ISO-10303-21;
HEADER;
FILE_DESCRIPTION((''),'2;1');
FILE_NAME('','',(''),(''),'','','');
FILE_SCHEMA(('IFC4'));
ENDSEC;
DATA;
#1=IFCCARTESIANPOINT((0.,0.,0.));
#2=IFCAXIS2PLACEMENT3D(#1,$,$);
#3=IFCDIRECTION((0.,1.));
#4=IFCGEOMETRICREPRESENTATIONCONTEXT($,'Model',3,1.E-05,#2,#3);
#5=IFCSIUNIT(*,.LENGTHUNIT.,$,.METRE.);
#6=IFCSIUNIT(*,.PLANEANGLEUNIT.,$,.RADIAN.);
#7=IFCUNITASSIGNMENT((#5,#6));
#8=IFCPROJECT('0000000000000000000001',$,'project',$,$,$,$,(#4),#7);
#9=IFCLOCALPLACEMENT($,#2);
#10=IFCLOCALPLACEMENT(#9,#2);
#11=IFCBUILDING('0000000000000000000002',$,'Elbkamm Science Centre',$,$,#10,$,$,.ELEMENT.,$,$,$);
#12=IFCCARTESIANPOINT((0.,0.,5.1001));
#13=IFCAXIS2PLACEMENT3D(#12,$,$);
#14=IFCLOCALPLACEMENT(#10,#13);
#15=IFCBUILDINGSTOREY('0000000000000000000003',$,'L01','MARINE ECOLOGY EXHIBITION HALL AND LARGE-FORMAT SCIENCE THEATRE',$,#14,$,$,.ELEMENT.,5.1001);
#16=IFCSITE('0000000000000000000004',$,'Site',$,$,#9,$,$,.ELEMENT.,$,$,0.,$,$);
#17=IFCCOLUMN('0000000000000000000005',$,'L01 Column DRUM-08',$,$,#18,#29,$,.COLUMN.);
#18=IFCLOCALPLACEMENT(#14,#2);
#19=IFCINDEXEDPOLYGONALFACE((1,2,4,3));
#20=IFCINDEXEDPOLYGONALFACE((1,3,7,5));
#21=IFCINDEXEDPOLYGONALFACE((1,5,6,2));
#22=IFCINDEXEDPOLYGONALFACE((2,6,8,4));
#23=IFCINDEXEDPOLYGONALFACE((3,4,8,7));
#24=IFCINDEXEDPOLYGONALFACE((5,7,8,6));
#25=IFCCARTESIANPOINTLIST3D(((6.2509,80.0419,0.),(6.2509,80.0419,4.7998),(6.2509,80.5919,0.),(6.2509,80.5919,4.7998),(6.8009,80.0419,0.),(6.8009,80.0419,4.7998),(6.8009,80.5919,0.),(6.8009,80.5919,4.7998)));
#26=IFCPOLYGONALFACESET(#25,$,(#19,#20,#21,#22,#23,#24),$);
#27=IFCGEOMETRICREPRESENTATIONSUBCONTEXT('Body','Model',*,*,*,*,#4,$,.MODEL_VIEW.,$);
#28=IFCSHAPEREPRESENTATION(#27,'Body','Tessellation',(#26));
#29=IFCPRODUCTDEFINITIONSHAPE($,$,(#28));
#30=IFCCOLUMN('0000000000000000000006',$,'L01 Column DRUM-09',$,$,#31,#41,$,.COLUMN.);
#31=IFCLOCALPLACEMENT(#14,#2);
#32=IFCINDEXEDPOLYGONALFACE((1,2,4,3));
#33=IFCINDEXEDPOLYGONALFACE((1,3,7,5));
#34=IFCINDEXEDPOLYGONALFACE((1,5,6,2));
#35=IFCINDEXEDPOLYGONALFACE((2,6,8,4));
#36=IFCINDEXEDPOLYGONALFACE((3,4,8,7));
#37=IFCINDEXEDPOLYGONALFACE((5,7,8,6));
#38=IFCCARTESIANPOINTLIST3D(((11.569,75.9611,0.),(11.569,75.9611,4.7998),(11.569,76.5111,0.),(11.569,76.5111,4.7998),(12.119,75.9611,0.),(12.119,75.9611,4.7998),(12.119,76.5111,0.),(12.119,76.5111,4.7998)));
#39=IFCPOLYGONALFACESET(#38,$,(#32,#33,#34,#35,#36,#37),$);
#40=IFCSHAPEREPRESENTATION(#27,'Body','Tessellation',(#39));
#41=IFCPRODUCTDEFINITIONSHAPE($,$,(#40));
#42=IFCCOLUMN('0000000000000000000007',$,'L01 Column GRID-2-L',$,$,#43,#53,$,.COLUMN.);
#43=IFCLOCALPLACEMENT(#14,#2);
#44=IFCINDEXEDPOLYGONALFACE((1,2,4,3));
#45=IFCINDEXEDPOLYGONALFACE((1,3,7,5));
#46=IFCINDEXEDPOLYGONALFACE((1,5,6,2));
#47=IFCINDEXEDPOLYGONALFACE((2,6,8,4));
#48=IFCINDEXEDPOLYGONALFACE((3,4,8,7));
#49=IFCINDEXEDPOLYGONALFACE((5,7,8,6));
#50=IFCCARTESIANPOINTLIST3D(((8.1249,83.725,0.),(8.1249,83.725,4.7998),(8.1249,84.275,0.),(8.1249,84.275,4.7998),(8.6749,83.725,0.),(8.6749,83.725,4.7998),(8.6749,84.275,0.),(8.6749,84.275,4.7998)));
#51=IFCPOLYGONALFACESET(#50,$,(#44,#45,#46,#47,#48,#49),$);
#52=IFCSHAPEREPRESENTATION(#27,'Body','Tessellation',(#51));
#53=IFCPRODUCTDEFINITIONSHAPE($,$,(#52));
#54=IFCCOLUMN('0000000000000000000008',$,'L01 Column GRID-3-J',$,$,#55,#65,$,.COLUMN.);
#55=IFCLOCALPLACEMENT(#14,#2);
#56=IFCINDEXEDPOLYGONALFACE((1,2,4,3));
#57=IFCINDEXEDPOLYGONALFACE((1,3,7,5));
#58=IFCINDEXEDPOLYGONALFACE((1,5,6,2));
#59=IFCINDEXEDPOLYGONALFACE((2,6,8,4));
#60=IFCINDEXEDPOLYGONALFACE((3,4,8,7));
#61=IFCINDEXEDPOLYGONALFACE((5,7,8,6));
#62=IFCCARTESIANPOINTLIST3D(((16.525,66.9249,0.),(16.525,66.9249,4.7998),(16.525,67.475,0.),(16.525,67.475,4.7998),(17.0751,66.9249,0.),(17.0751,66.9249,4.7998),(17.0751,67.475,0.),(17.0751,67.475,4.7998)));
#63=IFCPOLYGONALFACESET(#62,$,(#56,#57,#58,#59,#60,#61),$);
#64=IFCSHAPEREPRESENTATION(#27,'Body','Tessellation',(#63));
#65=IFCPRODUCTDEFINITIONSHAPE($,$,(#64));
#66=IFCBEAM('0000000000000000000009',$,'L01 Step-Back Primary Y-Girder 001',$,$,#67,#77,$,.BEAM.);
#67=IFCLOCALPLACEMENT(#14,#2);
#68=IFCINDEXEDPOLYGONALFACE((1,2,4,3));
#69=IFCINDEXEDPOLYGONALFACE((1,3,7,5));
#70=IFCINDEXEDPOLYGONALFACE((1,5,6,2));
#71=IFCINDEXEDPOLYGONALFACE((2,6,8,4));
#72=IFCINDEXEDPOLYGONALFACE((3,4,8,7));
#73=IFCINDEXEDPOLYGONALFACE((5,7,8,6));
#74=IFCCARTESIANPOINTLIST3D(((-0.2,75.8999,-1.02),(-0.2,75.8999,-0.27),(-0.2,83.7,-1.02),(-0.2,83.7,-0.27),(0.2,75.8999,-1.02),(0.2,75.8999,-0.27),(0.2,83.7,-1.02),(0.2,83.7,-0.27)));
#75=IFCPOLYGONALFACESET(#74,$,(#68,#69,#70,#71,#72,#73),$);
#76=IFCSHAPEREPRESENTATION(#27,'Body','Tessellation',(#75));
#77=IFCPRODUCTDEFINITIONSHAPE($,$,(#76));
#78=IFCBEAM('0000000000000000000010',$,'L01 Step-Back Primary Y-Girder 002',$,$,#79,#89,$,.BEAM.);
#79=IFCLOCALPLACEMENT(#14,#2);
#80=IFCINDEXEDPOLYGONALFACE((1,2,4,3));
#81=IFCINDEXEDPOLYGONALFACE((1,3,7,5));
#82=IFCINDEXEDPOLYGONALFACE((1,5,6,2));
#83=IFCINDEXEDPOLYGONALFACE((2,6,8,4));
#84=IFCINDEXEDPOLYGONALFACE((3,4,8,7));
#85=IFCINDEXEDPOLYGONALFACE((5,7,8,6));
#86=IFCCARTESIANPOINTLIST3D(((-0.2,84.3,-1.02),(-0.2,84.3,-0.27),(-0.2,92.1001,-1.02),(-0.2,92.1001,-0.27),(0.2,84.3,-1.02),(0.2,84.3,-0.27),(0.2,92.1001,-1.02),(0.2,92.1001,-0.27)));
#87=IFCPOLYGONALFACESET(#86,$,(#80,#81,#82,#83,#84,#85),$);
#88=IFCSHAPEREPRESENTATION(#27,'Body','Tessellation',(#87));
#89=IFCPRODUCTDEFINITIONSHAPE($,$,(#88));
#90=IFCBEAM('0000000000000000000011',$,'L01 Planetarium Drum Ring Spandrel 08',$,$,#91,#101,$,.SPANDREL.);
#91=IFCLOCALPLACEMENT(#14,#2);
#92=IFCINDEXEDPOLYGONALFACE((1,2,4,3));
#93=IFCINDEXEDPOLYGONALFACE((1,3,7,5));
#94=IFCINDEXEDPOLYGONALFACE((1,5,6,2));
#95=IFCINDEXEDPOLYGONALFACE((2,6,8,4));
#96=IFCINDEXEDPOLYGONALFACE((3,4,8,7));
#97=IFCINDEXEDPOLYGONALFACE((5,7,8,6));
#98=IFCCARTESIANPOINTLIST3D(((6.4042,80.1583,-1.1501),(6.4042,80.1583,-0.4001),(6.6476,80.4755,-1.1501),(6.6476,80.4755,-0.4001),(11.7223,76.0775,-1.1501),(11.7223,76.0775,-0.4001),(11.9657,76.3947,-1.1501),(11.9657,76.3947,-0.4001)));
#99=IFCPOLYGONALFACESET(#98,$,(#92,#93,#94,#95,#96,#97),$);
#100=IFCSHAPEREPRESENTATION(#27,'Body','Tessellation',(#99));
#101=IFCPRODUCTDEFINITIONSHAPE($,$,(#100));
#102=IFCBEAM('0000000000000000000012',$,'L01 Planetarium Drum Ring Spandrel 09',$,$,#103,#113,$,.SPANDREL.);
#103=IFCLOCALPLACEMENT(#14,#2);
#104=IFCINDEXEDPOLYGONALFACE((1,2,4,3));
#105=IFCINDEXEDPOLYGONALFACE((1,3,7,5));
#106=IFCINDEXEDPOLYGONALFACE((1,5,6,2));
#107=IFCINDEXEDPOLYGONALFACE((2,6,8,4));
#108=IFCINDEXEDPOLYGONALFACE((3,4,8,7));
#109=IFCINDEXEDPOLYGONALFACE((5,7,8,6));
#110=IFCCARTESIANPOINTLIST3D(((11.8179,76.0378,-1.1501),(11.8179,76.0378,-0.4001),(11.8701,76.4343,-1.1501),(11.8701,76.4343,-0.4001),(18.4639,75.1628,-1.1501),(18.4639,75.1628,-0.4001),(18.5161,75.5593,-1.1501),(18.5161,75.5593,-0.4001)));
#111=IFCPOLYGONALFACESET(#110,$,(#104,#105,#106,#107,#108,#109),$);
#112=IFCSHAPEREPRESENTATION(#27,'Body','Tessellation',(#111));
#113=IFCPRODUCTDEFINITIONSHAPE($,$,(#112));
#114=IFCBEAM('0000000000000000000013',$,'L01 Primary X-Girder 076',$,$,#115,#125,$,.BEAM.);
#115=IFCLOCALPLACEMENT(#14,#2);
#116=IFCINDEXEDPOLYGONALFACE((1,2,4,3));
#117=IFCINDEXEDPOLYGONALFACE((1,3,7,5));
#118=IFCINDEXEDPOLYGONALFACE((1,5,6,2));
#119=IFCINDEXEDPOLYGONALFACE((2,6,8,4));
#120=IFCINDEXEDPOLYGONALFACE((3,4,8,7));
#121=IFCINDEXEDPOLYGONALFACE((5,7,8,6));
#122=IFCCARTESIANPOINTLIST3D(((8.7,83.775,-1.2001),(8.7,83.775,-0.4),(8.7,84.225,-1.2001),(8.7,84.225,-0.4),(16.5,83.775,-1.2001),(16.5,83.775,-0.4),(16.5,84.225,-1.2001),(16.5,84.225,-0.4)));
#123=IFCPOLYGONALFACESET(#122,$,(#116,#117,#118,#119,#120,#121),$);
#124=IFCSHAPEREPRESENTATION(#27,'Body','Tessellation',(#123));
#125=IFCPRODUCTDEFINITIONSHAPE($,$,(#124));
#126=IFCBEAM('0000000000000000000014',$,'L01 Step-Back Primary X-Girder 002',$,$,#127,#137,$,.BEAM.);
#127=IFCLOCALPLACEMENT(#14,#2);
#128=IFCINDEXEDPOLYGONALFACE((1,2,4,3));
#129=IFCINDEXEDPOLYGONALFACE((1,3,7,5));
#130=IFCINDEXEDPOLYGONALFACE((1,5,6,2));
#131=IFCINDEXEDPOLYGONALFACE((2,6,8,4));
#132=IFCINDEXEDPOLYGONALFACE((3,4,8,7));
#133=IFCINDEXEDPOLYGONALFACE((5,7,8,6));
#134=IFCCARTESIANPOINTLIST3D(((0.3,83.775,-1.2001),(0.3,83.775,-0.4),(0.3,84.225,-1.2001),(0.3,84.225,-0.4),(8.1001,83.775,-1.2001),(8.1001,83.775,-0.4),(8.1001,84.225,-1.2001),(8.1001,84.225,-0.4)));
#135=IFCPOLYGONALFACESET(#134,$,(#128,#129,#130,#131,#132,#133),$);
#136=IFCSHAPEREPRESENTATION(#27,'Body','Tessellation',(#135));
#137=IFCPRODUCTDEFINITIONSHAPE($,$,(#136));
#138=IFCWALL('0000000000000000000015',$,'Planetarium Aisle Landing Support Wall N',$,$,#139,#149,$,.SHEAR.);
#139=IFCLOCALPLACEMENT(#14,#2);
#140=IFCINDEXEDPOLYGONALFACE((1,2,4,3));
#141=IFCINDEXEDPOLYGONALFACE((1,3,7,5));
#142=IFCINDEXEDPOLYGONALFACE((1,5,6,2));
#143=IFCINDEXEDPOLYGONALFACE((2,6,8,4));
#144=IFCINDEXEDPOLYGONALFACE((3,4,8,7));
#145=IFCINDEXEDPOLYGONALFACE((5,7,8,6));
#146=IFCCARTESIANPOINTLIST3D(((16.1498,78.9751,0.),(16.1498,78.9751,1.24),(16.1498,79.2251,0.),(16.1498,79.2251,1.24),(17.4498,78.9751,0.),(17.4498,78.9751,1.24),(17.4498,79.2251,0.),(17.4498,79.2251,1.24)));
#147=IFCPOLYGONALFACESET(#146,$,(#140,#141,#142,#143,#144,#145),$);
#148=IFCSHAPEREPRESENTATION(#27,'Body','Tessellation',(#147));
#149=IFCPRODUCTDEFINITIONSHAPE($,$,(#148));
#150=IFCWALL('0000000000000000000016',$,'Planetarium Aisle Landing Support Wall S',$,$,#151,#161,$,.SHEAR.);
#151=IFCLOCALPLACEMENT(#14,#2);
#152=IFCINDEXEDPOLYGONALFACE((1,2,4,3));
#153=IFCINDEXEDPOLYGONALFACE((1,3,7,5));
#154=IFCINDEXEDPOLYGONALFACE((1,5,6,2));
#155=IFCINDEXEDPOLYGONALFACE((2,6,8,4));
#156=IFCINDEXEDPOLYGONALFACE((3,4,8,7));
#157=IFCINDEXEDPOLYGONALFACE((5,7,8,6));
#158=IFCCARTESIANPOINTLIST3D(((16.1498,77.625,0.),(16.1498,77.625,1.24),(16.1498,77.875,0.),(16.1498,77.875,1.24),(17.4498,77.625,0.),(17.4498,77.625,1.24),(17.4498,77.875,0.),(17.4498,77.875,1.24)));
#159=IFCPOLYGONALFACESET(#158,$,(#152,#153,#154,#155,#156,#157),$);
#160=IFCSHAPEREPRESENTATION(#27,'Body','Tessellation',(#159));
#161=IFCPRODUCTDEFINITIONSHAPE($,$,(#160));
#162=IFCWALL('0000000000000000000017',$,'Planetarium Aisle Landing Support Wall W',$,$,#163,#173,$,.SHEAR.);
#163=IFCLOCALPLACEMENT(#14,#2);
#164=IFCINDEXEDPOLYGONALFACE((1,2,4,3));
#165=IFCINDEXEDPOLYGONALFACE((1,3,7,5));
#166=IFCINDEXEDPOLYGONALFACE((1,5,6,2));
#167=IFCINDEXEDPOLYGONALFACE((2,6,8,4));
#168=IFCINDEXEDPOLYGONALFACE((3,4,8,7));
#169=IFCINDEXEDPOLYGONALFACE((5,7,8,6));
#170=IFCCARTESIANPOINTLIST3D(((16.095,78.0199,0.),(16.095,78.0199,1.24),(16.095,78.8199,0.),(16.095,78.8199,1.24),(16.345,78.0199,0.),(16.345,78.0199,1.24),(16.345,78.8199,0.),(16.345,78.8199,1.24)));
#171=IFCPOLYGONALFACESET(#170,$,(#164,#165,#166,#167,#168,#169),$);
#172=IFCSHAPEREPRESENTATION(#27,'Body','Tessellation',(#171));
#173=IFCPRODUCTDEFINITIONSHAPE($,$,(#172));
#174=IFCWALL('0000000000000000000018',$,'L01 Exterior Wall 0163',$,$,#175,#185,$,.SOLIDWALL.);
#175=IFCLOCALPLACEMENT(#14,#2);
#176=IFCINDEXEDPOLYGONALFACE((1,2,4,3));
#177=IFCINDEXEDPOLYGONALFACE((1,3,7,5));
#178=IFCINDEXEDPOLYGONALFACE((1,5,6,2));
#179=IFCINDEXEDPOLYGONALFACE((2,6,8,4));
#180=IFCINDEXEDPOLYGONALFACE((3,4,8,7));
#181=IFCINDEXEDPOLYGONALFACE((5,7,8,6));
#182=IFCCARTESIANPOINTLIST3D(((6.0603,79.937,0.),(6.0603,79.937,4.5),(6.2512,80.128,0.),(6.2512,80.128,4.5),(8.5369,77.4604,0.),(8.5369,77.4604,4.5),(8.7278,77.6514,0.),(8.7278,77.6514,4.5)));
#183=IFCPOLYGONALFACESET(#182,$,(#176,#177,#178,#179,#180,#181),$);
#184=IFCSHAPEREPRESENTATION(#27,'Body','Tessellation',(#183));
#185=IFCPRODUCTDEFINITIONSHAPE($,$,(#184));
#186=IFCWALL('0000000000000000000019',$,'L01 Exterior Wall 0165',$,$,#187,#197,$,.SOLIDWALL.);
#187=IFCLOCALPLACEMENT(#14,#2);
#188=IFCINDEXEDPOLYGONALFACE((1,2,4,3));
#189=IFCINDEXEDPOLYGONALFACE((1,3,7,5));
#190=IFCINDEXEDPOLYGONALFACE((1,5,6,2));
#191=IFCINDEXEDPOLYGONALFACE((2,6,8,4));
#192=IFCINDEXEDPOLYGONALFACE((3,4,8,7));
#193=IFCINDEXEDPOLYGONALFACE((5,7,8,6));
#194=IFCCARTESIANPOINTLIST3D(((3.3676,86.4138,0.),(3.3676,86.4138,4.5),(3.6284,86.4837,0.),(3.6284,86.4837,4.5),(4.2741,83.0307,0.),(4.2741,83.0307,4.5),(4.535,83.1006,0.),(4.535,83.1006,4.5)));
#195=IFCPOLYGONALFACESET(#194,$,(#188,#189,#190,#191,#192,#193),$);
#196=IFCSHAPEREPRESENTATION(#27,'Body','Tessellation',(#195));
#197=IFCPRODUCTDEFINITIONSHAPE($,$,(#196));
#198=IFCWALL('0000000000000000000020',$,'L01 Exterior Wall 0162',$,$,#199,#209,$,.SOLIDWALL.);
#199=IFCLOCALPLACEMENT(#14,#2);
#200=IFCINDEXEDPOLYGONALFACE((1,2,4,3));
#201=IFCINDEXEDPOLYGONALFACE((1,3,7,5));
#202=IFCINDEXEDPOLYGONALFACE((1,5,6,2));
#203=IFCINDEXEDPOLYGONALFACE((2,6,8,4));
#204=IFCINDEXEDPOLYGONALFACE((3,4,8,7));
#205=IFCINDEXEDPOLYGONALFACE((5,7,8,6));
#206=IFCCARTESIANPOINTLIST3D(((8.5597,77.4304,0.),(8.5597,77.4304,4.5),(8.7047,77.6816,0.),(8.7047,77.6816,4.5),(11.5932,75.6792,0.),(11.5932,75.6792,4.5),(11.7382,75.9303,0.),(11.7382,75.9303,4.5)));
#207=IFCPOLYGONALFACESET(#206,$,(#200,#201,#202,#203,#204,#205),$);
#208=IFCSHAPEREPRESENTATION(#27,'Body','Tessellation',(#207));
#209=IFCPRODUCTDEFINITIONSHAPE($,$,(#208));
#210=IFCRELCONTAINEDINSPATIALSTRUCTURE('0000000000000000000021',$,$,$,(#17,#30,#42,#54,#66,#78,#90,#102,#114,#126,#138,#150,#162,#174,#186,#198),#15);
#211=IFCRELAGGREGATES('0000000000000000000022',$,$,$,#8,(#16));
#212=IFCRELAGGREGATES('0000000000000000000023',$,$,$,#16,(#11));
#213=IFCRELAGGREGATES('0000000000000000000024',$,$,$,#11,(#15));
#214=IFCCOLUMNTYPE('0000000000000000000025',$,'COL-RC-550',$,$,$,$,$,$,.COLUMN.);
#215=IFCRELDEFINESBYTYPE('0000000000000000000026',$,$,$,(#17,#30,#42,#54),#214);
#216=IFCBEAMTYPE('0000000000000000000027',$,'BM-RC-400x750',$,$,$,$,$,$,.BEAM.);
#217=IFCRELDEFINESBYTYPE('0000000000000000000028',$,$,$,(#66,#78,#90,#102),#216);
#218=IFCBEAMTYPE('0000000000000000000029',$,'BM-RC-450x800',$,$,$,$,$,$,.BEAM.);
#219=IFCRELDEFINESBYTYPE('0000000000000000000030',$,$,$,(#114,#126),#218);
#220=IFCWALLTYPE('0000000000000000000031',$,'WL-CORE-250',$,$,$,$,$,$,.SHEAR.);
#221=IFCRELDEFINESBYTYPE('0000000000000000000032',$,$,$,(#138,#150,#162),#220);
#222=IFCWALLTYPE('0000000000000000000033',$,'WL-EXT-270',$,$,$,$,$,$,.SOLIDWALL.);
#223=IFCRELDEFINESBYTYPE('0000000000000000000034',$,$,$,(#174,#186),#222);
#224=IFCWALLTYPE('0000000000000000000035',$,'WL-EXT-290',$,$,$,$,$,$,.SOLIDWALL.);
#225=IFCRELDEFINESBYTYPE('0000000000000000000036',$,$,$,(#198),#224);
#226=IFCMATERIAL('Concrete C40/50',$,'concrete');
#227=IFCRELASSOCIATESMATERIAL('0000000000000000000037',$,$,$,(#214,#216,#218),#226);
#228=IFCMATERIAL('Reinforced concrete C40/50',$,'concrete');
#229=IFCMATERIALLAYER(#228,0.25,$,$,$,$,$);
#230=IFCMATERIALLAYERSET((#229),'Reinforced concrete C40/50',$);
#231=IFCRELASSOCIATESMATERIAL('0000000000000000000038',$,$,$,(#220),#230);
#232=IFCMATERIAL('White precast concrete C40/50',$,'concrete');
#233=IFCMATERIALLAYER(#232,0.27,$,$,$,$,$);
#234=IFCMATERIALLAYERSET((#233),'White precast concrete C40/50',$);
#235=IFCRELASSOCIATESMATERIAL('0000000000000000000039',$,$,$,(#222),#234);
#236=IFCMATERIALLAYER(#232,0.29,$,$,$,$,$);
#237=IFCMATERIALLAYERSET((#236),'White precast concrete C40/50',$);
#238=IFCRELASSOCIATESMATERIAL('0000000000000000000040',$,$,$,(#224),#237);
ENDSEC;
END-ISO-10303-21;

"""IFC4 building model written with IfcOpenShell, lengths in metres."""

from ifc_helpers import new_model, si_unit, direction, frame, frame_2d, origin, origin_2d, place, context, subcontext, project, spatial, rectangle, extrude, material, layer, layer_set, material_profile, profile_set, type_object, element, save


model = new_model("IFC4")

# Units and contexts
model_context = context("Model", 3, precision=1e-05, world=origin(), true_north=direction((0.0, 1.0)))
body_context = subcontext(model_context, "Body", "Model", "MODEL_VIEW")
ifc_project = project(units=[si_unit("LENGTHUNIT", "METRE"), si_unit("PLANEANGLEUNIT", "RADIAN")], contexts=[model_context])

# Site, building, storey
site_placement = place(None, origin())
site = spatial("IfcSite", under=ifc_project, at=site_placement, Name="Site", CompositionType="ELEMENT", RefElevation=0.0)
building_placement = place(site_placement, origin())
building = spatial("IfcBuilding", under=site, at=building_placement, Name="Elbkamm Science Centre", CompositionType="ELEMENT")
storey_placement = place(building_placement, frame((0.0, 0.0, 5.1001)))
storey = spatial("IfcBuildingStorey", under=building, at=storey_placement, Name="L01", Description="MARINE ECOLOGY EXHIBITION HALL AND LARGE-FORMAT SCIENCE THEATRE", CompositionType="ELEMENT", Elevation=5.1001)

# Columns
ifc_material_1 = material(Name="Concrete C40/50", Category="concrete")
ifc_material_profile_1 = material_profile(ifc_material_1, rectangle(XDim=0.55, YDim=0.55, at=origin_2d()), Name="RC 550x550")
ifc_profile_set_1 = profile_set([ifc_material_profile_1], Name="Concrete C40/50")
column_type = type_object("IfcColumnType", Name="COL-RC-550", PredefinedType="COLUMN", material=ifc_profile_set_1)
for number, where, z_axis, x_axis, name in (
    (1, (6.5259, 80.3169, 0.0), (0.0, 0.0, 1.0), (1.0, 0.0, 0.0), "L01 Column DRUM-08"),
    (2, (11.844, 76.2361, 0.0), (0.0, 0.0, 1.0), (1.0, 0.0, 0.0), "L01 Column DRUM-09"),
    (3, (8.3999, 84.0, 0.0), (0.0, 0.0, 1.0), (1.0, 0.0, 0.0), "L01 Column GRID-2-L"),
    (4, (16.8, 67.2, 0.0), (0.0, 0.0, 1.0), (1.0, 0.0, 0.0), "L01 Column GRID-3-J"),
):
    element("IfcColumn", number, at=place(storey_placement, frame(where, z_axis=z_axis, x_axis=x_axis)), inside=storey, type_object=column_type, Name=name, PredefinedType="COLUMN", context=body_context, shape_type="SweptSolid", body=[
        extrude(rectangle(XDim=0.55, YDim=0.55, at=origin_2d()), origin(), (0.0, 0.0, 1.0), 4.7998),
    ])

# Beams
ifc_material_profile_2 = material_profile(ifc_material_1, rectangle(XDim=0.3999, YDim=0.75, at=origin_2d()), Name="RC 400x750")
ifc_profile_set_2 = profile_set([ifc_material_profile_2], Name="Concrete C40/50")
beam_type_1 = type_object("IfcBeamType", Name="BM-RC-400x750", PredefinedType="BEAM", material=ifc_profile_set_2)
for number, where, z_axis, x_axis, name in (
    (5, (0.0, 75.8999, -0.645), (0.0, 1.0, 0.0), (-1.0, 0.0, 0.0), "L01 Step-Back Primary Y-Girder 001"),
    (6, (0.0, 84.3, -0.645), (0.0, 1.0, 0.0), (-1.0, 0.0, 0.0), "L01 Step-Back Primary Y-Girder 002"),
):
    element("IfcBeam", number, at=place(storey_placement, frame(where, z_axis=z_axis, x_axis=x_axis)), inside=storey, type_object=beam_type_1, Name=name, PredefinedType="BEAM", context=body_context, shape_type="SweptSolid", body=[
        extrude(rectangle(XDim=0.3999, YDim=0.75, at=origin_2d()), origin(), (0.0, 0.0, 1.0), 7.8),
    ])
for number, where, z_axis, x_axis, name in (
    (7, (6.5259, 80.3169, -0.7751), (0.793348, -0.608769, 0.0), (0.608769, 0.793348, 0.0), "L01 Planetarium Drum Ring Spandrel 08"),
    (8, (11.844, 76.2361, -0.7751), (0.991444, -0.130532, 0.0), (0.130532, 0.991444, 0.0), "L01 Planetarium Drum Ring Spandrel 09"),
):
    element("IfcBeam", number, at=place(storey_placement, frame(where, z_axis=z_axis, x_axis=x_axis)), inside=storey, type_object=beam_type_1, Name=name, PredefinedType="SPANDREL", context=body_context, shape_type="SweptSolid", body=[
        extrude(rectangle(XDim=0.3999, YDim=0.75, at=origin_2d()), origin(), (0.0, 0.0, 1.0), 6.7034),
    ])
ifc_material_profile_3 = material_profile(ifc_material_1, rectangle(XDim=0.45, YDim=0.8, at=origin_2d()), Name="RC 450x800")
ifc_profile_set_3 = profile_set([ifc_material_profile_3], Name="Concrete C40/50")
beam_type_2 = type_object("IfcBeamType", Name="BM-RC-450x800", PredefinedType="BEAM", material=ifc_profile_set_3)
for number, where, z_axis, x_axis, name in (
    (9, (8.7, 84.0, -0.8), (1.0, 0.0, 0.0), (0.0, 1.0, 0.0), "L01 Primary X-Girder 076"),
    (10, (0.3, 84.0, -0.8), (1.0, 0.0, 0.0), (0.0, 1.0, 0.0), "L01 Step-Back Primary X-Girder 002"),
):
    element("IfcBeam", number, at=place(storey_placement, frame(where, z_axis=z_axis, x_axis=x_axis)), inside=storey, type_object=beam_type_2, Name=name, PredefinedType="BEAM", context=body_context, shape_type="SweptSolid", body=[
        extrude(rectangle(XDim=0.45, YDim=0.8, at=origin_2d()), origin(), (0.0, 0.0, 1.0), 7.8),
    ])

# Walls
ifc_material_2 = material(Name="Reinforced concrete C40/50", Category="concrete")
ifc_layer_1 = layer(ifc_material_2, 0.25)
ifc_layer_set_1 = layer_set([ifc_layer_1], Name="Reinforced concrete C40/50")
wall_type_1 = type_object("IfcWallType", Name="WL-CORE-250", PredefinedType="SHEAR", material=ifc_layer_set_1)
for number, where, z_axis, x_axis, name in (
    (11, (16.1499, 79.1001, 0.0), (0.0, 0.0, 1.0), (1.0, 0.0, 0.0), "Planetarium Aisle Landing Support Wall N"),
    (12, (16.1499, 77.75, 0.0), (0.0, 0.0, 1.0), (1.0, 0.0, 0.0), "Planetarium Aisle Landing Support Wall S"),
):
    element("IfcWall", number, at=place(storey_placement, frame(where, z_axis=z_axis, x_axis=x_axis)), inside=storey, type_object=wall_type_1, Name=name, PredefinedType="SHEAR", context=body_context, shape_type="SweptSolid", body=[
        extrude(rectangle(XDim=1.3, YDim=0.25, at=frame_2d((0.6499, 0.0))), origin(), (0.0, 0.0, 1.0), 1.24),
    ])
wall_1_placement = place(storey_placement, frame((16.22, 78.02, 0.0), z_axis=(0.0, 0.0, 1.0), x_axis=(0.0, 1.0, 0.0)))
element("IfcWall", 13, at=wall_1_placement, inside=storey, type_object=wall_type_1, Name="Planetarium Aisle Landing Support Wall W", PredefinedType="SHEAR", context=body_context, shape_type="SweptSolid", body=[
    extrude(rectangle(XDim=0.8, YDim=0.25, at=frame_2d((0.3999, 0.0))), origin(), (0.0, 0.0, 1.0), 1.24),
])
ifc_material_3 = material(Name="White precast concrete C40/50", Category="concrete")
ifc_layer_2 = layer(ifc_material_3, 0.27)
ifc_layer_set_2 = layer_set([ifc_layer_2], Name="White precast concrete C40/50")
wall_type_2 = type_object("IfcWallType", Name="WL-EXT-270", PredefinedType="SOLIDWALL", material=ifc_layer_set_2)
for number, where, z_axis, x_axis, name in (
    (14, (8.6323, 77.5559, 0.0), (0.0, 0.0, 1.0), (-0.707107, 0.707107, 0.0), "L01 Exterior Wall 0163"),
    (15, (4.4045, 83.0657, 0.0), (0.0, 0.0, 1.0), (-0.258821, 0.965925, 0.0), "L01 Exterior Wall 0165"),
):
    element("IfcWall", number, at=place(storey_placement, frame(where, z_axis=z_axis, x_axis=x_axis)), inside=storey, type_object=wall_type_2, Name=name, PredefinedType="SOLIDWALL", context=body_context, shape_type="SweptSolid", body=[
        extrude(rectangle(XDim=3.5024, YDim=0.27, at=frame_2d((1.7512, 0.0))), origin(), (0.0, 0.0, 1.0), 4.5),
    ])
ifc_layer_3 = layer(ifc_material_3, 0.29)
ifc_layer_set_3 = layer_set([ifc_layer_3], Name="White precast concrete C40/50")
wall_type_3 = type_object("IfcWallType", Name="WL-EXT-290", PredefinedType="SOLIDWALL", material=ifc_layer_set_3)
wall_2_placement = place(storey_placement, frame((11.6658, 75.8047, 0.0), z_axis=(0.0, 0.0, 1.0), x_axis=(-0.866043, 0.49997, 0.0)))
element("IfcWall", 16, at=wall_2_placement, inside=storey, type_object=wall_type_3, Name="L01 Exterior Wall 0162", PredefinedType="SOLIDWALL", context=body_context, shape_type="SweptSolid", body=[
    extrude(rectangle(XDim=3.5027, YDim=0.29, at=frame_2d((1.7515, 0.0))), origin(), (0.0, 0.0, 1.0), 4.5),
])

save(model, "model.ifc")
